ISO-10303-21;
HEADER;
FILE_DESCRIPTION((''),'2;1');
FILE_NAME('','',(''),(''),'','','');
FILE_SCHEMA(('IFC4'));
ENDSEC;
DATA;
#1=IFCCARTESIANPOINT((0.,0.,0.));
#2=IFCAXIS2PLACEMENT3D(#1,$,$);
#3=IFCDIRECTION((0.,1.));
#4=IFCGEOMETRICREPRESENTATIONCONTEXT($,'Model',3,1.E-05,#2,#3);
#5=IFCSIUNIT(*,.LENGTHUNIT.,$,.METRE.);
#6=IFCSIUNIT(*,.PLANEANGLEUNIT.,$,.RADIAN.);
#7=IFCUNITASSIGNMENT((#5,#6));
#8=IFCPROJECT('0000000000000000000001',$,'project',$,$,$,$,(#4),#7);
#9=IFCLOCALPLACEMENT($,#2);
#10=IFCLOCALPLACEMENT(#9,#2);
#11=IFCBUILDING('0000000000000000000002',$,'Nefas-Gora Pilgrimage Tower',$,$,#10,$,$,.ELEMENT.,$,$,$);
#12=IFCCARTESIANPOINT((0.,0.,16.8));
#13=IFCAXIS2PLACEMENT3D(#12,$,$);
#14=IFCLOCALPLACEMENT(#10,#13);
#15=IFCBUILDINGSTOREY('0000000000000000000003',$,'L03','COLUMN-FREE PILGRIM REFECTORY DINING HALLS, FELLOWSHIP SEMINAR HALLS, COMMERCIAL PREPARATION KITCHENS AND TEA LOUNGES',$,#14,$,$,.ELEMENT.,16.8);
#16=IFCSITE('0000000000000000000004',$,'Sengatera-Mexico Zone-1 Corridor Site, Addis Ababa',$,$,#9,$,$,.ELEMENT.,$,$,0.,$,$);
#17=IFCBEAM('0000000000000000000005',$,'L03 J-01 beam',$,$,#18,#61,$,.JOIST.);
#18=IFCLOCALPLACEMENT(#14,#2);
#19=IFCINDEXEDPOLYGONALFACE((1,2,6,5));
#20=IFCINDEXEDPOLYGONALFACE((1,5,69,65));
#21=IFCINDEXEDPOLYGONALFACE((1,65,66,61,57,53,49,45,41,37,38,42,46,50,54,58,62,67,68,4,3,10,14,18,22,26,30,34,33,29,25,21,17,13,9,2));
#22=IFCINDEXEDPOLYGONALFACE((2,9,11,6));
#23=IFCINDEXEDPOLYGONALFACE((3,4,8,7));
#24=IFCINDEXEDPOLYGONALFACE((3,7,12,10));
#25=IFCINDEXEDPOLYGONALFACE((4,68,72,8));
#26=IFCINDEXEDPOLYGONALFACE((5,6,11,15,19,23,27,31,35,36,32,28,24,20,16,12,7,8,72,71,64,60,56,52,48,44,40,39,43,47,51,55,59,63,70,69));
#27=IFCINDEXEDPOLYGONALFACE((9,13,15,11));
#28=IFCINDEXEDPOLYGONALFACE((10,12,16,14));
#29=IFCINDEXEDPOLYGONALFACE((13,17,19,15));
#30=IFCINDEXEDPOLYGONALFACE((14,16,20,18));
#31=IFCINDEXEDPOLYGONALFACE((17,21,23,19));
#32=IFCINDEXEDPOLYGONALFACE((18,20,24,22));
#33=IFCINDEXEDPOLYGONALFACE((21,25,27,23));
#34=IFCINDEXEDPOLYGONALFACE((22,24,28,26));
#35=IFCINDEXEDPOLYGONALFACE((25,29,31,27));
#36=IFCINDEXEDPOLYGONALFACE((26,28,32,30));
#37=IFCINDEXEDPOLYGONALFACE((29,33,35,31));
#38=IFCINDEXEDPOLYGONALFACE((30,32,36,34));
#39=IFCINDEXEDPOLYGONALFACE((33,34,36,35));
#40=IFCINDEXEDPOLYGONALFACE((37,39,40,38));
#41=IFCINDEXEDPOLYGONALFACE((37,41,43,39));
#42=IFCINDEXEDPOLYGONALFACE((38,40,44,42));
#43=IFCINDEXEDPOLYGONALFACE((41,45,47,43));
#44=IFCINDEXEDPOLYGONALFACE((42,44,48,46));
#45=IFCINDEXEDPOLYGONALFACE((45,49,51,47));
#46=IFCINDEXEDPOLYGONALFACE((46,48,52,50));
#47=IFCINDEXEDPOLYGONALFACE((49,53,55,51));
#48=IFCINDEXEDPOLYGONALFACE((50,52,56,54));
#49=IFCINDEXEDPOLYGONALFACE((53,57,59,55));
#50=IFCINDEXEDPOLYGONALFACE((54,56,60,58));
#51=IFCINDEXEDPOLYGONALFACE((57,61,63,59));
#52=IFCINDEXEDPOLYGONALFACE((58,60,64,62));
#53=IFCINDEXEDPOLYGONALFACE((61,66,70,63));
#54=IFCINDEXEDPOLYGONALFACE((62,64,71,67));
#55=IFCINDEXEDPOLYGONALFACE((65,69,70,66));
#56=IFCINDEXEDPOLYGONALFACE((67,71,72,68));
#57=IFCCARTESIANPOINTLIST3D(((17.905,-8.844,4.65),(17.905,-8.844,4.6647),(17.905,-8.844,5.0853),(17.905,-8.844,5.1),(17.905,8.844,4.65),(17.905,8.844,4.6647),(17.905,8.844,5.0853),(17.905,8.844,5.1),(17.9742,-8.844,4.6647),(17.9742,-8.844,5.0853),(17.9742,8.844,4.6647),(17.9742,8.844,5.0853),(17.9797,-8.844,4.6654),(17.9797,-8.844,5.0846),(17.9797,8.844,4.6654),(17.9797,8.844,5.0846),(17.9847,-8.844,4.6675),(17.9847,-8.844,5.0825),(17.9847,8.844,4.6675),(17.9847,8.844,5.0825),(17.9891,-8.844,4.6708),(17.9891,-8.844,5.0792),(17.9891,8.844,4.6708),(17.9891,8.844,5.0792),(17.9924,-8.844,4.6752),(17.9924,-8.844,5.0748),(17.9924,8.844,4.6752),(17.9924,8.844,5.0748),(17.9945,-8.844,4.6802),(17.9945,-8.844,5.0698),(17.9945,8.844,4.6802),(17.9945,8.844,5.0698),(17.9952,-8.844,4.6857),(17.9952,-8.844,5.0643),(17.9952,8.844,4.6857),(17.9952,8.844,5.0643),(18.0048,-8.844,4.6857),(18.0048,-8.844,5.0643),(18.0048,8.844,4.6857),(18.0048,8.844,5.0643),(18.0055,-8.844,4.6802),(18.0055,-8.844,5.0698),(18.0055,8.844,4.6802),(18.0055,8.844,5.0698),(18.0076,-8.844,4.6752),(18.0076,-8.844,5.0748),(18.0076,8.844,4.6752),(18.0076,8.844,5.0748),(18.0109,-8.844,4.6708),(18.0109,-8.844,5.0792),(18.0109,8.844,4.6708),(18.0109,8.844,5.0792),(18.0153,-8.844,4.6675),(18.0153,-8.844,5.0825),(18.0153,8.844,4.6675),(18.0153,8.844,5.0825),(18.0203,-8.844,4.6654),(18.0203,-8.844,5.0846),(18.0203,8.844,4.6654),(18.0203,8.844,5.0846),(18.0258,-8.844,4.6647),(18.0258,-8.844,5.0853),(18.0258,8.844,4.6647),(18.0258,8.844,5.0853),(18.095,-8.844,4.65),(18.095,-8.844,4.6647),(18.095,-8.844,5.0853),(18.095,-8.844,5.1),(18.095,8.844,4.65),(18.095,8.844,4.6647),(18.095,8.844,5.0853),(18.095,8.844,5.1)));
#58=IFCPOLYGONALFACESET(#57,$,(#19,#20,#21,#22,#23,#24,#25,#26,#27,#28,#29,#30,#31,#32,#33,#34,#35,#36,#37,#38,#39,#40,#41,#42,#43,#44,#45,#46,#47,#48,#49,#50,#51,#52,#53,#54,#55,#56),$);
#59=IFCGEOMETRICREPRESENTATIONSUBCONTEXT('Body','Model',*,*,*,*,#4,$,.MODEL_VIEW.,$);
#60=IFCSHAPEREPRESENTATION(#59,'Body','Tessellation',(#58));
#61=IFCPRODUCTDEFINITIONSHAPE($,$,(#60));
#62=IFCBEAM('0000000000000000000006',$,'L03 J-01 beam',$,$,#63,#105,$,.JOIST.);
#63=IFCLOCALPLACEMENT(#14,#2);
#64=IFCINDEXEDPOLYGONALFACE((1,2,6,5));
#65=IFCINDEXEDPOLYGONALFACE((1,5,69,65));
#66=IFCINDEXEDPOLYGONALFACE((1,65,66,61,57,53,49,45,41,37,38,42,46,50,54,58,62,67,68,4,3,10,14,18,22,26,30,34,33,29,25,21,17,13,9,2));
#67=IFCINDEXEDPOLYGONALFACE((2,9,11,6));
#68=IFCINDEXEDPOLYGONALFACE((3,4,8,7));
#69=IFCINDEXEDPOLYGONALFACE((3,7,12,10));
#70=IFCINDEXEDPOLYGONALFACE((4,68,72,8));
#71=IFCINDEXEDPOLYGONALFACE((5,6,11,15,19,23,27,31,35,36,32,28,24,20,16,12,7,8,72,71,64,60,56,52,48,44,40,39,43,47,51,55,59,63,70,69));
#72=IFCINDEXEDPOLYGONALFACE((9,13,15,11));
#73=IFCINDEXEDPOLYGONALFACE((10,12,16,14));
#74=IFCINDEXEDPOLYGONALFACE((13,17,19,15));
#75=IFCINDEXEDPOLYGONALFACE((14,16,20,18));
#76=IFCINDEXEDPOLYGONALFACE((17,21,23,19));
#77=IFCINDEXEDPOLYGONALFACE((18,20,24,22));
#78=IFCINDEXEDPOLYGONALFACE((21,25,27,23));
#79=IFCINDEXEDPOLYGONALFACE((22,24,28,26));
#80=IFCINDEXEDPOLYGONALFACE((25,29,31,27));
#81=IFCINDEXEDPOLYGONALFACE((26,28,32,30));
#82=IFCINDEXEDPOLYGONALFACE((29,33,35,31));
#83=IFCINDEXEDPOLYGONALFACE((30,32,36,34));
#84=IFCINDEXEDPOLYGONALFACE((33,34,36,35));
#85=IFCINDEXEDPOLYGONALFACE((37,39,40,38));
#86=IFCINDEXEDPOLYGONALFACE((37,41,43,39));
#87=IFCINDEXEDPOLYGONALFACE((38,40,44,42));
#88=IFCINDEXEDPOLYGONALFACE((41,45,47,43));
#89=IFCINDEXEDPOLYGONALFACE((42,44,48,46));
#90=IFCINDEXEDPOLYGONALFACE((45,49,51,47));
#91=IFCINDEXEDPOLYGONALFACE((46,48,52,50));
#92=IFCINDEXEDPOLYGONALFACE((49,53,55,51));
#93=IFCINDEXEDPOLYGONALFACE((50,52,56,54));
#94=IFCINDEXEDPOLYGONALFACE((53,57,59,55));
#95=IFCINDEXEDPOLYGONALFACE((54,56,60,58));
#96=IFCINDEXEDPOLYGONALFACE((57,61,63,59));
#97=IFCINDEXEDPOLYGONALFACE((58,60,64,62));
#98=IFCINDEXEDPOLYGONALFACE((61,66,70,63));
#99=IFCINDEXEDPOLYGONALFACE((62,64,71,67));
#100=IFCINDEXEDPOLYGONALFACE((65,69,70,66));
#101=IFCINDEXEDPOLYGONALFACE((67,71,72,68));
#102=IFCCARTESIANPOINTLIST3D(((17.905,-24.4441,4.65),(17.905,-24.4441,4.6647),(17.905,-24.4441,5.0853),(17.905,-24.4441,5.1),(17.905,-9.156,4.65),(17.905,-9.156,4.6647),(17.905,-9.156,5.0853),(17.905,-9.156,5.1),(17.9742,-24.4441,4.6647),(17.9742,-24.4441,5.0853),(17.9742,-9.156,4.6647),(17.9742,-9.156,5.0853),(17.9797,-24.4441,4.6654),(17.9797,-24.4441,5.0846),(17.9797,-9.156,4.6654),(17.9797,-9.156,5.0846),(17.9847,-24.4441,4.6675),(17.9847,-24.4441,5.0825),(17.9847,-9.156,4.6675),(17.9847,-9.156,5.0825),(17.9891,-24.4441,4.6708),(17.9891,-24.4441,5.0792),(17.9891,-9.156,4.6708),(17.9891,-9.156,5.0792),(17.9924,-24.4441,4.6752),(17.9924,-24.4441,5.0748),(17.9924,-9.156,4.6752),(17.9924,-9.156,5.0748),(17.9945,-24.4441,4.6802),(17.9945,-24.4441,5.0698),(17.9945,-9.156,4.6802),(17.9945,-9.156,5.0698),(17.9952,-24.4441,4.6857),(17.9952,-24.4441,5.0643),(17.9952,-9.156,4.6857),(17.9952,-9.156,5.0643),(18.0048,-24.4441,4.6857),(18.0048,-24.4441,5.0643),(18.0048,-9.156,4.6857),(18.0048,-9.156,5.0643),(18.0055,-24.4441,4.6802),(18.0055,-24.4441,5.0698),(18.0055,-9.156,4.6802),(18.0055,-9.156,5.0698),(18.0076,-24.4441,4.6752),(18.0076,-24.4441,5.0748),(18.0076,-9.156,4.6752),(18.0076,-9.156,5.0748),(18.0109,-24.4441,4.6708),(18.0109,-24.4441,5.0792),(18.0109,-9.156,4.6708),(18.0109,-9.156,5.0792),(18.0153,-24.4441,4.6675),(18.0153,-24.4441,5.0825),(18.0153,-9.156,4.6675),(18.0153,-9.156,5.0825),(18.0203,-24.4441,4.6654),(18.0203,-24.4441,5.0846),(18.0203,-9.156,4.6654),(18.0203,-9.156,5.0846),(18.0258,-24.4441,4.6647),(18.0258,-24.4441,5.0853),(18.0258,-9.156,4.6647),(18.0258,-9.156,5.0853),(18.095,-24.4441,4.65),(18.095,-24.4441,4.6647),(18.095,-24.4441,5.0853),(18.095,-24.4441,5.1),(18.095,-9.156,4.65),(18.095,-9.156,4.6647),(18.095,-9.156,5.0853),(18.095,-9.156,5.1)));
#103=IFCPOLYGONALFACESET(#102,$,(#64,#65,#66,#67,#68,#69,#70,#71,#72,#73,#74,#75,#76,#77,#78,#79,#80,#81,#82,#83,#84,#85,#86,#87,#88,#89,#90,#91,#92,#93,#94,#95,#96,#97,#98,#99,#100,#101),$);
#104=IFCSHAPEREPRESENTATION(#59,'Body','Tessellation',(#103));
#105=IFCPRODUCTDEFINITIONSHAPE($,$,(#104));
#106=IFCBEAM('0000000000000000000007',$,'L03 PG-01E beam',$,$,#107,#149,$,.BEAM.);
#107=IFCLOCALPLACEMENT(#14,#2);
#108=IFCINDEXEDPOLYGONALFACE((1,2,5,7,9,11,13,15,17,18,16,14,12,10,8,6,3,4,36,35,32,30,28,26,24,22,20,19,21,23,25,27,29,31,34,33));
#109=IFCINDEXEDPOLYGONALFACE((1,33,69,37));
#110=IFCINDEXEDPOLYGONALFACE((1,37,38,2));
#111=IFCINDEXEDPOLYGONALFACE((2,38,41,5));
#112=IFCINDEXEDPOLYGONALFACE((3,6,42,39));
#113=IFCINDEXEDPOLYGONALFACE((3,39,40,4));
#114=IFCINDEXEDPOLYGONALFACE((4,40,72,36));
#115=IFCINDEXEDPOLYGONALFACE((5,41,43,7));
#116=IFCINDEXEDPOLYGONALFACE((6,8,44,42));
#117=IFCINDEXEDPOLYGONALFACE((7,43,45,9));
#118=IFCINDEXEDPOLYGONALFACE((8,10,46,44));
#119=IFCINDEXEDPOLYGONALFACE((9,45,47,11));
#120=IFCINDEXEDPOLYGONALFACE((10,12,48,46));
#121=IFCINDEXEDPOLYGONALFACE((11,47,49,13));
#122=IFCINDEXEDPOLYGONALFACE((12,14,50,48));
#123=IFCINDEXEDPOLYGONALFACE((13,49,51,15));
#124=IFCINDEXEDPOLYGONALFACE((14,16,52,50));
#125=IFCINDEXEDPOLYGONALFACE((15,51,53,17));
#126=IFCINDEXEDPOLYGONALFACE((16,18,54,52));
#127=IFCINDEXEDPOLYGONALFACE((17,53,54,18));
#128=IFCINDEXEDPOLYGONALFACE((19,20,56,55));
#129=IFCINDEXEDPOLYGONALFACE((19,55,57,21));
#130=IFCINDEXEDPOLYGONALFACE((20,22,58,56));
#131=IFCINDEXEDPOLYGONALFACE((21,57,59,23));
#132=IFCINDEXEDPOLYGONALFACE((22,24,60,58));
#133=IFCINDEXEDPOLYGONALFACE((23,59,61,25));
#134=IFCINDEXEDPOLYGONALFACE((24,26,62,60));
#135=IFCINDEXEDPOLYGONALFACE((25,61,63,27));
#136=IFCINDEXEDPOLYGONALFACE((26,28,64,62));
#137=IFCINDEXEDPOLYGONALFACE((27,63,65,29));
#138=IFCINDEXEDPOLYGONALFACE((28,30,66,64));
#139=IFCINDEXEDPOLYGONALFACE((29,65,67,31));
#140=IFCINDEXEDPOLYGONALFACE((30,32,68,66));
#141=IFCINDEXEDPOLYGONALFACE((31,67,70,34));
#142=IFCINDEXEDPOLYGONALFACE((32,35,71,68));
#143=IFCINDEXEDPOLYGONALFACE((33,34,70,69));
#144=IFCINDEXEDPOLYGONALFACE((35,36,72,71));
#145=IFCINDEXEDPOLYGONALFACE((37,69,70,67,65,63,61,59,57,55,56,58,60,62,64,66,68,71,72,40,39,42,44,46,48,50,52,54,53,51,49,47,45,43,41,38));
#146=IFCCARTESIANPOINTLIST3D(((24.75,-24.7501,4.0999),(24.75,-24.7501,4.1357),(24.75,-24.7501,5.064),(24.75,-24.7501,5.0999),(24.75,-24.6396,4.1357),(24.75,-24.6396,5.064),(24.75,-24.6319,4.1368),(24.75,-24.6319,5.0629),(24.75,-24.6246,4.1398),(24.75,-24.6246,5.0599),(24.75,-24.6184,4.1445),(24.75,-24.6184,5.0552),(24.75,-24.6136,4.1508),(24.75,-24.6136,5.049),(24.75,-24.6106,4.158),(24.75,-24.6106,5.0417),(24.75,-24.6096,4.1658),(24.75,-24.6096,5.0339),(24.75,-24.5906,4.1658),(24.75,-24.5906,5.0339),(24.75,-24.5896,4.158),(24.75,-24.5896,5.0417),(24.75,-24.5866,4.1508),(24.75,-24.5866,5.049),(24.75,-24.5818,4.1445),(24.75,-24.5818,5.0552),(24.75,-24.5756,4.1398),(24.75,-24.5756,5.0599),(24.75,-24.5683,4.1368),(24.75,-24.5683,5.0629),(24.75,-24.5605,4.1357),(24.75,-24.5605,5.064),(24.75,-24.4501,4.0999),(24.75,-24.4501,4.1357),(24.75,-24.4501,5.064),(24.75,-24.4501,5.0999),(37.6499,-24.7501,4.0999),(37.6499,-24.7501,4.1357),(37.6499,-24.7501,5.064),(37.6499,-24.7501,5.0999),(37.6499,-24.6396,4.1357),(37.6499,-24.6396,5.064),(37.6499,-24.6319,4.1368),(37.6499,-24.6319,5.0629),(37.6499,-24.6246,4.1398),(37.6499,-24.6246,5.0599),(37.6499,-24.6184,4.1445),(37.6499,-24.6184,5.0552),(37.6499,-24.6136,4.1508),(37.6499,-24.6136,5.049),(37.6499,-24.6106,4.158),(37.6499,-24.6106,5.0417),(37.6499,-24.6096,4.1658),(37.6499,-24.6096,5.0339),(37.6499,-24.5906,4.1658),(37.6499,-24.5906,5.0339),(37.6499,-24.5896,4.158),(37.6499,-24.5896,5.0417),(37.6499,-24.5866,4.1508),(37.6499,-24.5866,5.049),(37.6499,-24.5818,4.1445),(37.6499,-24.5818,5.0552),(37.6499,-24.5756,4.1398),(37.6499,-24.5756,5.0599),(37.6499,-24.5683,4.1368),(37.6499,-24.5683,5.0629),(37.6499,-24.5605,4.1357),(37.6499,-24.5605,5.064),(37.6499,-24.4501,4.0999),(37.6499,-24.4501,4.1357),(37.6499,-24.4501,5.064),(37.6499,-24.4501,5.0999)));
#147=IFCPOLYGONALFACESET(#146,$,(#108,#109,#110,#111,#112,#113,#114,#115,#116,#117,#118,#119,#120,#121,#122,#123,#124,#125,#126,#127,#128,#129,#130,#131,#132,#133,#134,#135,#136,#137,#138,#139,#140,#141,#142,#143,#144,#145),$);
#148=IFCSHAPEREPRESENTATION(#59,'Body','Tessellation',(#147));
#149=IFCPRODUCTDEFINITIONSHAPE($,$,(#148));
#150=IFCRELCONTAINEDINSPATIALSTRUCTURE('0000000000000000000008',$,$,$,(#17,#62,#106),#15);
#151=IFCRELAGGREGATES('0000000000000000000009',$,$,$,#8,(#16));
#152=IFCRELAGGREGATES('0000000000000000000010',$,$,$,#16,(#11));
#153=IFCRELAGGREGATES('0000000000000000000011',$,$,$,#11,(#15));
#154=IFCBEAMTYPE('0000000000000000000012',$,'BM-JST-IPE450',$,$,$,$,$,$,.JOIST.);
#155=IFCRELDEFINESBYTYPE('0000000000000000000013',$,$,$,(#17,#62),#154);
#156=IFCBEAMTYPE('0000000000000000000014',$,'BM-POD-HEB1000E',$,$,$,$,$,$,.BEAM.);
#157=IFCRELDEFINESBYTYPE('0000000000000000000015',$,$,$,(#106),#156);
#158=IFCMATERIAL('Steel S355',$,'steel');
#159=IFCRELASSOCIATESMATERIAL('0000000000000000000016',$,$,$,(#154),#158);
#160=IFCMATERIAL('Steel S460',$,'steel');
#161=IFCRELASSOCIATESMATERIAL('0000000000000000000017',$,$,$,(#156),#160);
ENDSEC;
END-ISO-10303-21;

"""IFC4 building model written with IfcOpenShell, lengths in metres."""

from ifc_helpers import new_model, si_unit, direction, frame, origin, origin_2d, place, context, subcontext, project, spatial, i_section, extrude, source, transform, mapped, material, material_profile, profile_set, type_object, element, save


model = new_model("IFC4")

# Units and contexts
model_context = context("Model", 3, precision=1e-05, world=origin(), true_north=direction((0.0, 1.0)))
body_context = subcontext(model_context, "Body", "Model", "MODEL_VIEW")
ifc_project = project(units=[si_unit("LENGTHUNIT", "METRE"), si_unit("PLANEANGLEUNIT", "RADIAN")], contexts=[model_context])

# Site, building, storey
site_placement = place(None, origin())
site = spatial("IfcSite", under=ifc_project, at=site_placement, Name="Sengatera-Mexico Zone-1 Corridor Site, Addis Ababa", CompositionType="ELEMENT", RefElevation=0.0)
building_placement = place(site_placement, origin())
building = spatial("IfcBuilding", under=site, at=building_placement, Name="Nefas-Gora Pilgrimage Tower", CompositionType="ELEMENT")
storey_placement = place(building_placement, frame((0.0, 0.0, 16.8)))
storey = spatial("IfcBuildingStorey", under=building, at=storey_placement, Name="L03", Description="COLUMN-FREE PILGRIM REFECTORY DINING HALLS, FELLOWSHIP SEMINAR HALLS, COMMERCIAL PREPARATION KITCHENS AND TEA LOUNGES", CompositionType="ELEMENT", Elevation=16.8)

# Shared definitions
ifc_material_1 = material(Name="Steel S460", Category="steel")

# Beams
ifc_material_2 = material(Name="Steel S355", Category="steel")
ifc_material_profile_1 = material_profile(ifc_material_2, i_section(OverallWidth=0.1899, OverallDepth=0.45, WebThickness=0.0095, FlangeThickness=0.0146, FilletRadius=0.021, at=origin_2d()), Name="IPE 450")
ifc_profile_set_1 = profile_set([ifc_material_profile_1], Name="Steel S355")
beam_type_1 = type_object("IfcBeamType", Name="BM-JST-IPE450", PredefinedType="JOIST", material=ifc_profile_set_1)
shared_shape_1 = source(origin(), body_context, "Body", "SweptSolid", [
    extrude(i_section(OverallWidth=0.1899, OverallDepth=0.45, WebThickness=0.0095, FlangeThickness=0.0146, FilletRadius=0.021, at=origin_2d()), origin(), (0.0, 0.0, 1.0), 17.688),
])
beam_1_placement = place(storey_placement, frame((18.0, -8.844, 4.875), z_axis=(0.0, 1.0, 0.0), x_axis=(-1.0, 0.0, 0.0)))
element("IfcBeam", 1, at=beam_1_placement, inside=storey, type_object=beam_type_1, Name="L03 J-01 beam", PredefinedType="JOIST", context=body_context, shape_type="MappedRepresentation", body=[
    mapped(shared_shape_1, transform((0.0, 0.0, 0.0), x_axis=(1.0, 0.0, 0.0), y_axis=(0.0, 1.0, 0.0), z_axis=(0.0, 0.0, 1.0), scale=1.0)),
])
shared_shape_2 = source(origin(), body_context, "Body", "SweptSolid", [
    extrude(i_section(OverallWidth=0.1899, OverallDepth=0.45, WebThickness=0.0095, FlangeThickness=0.0146, FilletRadius=0.021, at=origin_2d()), origin(), (0.0, 0.0, 1.0), 15.2881),
])
beam_2_placement = place(storey_placement, frame((18.0, -24.4441, 4.875), z_axis=(0.0, 1.0, 0.0), x_axis=(-1.0, 0.0, 0.0)))
element("IfcBeam", 2, at=beam_2_placement, inside=storey, type_object=beam_type_1, Name="L03 J-01 beam", PredefinedType="JOIST", context=body_context, shape_type="MappedRepresentation", body=[
    mapped(shared_shape_2, transform((0.0, 0.0, 0.0), x_axis=(1.0, 0.0, 0.0), y_axis=(0.0, 1.0, 0.0), z_axis=(0.0, 0.0, 1.0), scale=1.0)),
])
ifc_material_profile_2 = material_profile(ifc_material_1, i_section(OverallWidth=0.3, OverallDepth=1.0, WebThickness=0.019, FlangeThickness=0.0359, FilletRadius=0.03, at=origin_2d()), Name="HEB 1000")
ifc_profile_set_2 = profile_set([ifc_material_profile_2], Name="Steel S460")
beam_type_2 = type_object("IfcBeamType", Name="BM-POD-HEB1000E", PredefinedType="BEAM", material=ifc_profile_set_2)
shared_shape_3 = source(origin(), body_context, "Body", "SweptSolid", [
    extrude(i_section(OverallWidth=0.3, OverallDepth=1.0, WebThickness=0.019, FlangeThickness=0.0359, FilletRadius=0.03, at=origin_2d()), origin(), (0.0, 0.0, 1.0), 12.8999),
])
beam_3_placement = place(storey_placement, frame((24.75, -24.6001, 4.5999), z_axis=(1.0, 0.0, 0.0), x_axis=(0.0, 1.0, 0.0)))
element("IfcBeam", 3, at=beam_3_placement, inside=storey, type_object=beam_type_2, Name="L03 PG-01E beam", PredefinedType="BEAM", context=body_context, shape_type="MappedRepresentation", body=[
    mapped(shared_shape_3, transform((0.0, 0.0, 0.0), x_axis=(1.0, 0.0, 0.0), y_axis=(0.0, 1.0, 0.0), z_axis=(0.0, 0.0, 1.0), scale=1.0)),
])

save(model, "model.ifc")
